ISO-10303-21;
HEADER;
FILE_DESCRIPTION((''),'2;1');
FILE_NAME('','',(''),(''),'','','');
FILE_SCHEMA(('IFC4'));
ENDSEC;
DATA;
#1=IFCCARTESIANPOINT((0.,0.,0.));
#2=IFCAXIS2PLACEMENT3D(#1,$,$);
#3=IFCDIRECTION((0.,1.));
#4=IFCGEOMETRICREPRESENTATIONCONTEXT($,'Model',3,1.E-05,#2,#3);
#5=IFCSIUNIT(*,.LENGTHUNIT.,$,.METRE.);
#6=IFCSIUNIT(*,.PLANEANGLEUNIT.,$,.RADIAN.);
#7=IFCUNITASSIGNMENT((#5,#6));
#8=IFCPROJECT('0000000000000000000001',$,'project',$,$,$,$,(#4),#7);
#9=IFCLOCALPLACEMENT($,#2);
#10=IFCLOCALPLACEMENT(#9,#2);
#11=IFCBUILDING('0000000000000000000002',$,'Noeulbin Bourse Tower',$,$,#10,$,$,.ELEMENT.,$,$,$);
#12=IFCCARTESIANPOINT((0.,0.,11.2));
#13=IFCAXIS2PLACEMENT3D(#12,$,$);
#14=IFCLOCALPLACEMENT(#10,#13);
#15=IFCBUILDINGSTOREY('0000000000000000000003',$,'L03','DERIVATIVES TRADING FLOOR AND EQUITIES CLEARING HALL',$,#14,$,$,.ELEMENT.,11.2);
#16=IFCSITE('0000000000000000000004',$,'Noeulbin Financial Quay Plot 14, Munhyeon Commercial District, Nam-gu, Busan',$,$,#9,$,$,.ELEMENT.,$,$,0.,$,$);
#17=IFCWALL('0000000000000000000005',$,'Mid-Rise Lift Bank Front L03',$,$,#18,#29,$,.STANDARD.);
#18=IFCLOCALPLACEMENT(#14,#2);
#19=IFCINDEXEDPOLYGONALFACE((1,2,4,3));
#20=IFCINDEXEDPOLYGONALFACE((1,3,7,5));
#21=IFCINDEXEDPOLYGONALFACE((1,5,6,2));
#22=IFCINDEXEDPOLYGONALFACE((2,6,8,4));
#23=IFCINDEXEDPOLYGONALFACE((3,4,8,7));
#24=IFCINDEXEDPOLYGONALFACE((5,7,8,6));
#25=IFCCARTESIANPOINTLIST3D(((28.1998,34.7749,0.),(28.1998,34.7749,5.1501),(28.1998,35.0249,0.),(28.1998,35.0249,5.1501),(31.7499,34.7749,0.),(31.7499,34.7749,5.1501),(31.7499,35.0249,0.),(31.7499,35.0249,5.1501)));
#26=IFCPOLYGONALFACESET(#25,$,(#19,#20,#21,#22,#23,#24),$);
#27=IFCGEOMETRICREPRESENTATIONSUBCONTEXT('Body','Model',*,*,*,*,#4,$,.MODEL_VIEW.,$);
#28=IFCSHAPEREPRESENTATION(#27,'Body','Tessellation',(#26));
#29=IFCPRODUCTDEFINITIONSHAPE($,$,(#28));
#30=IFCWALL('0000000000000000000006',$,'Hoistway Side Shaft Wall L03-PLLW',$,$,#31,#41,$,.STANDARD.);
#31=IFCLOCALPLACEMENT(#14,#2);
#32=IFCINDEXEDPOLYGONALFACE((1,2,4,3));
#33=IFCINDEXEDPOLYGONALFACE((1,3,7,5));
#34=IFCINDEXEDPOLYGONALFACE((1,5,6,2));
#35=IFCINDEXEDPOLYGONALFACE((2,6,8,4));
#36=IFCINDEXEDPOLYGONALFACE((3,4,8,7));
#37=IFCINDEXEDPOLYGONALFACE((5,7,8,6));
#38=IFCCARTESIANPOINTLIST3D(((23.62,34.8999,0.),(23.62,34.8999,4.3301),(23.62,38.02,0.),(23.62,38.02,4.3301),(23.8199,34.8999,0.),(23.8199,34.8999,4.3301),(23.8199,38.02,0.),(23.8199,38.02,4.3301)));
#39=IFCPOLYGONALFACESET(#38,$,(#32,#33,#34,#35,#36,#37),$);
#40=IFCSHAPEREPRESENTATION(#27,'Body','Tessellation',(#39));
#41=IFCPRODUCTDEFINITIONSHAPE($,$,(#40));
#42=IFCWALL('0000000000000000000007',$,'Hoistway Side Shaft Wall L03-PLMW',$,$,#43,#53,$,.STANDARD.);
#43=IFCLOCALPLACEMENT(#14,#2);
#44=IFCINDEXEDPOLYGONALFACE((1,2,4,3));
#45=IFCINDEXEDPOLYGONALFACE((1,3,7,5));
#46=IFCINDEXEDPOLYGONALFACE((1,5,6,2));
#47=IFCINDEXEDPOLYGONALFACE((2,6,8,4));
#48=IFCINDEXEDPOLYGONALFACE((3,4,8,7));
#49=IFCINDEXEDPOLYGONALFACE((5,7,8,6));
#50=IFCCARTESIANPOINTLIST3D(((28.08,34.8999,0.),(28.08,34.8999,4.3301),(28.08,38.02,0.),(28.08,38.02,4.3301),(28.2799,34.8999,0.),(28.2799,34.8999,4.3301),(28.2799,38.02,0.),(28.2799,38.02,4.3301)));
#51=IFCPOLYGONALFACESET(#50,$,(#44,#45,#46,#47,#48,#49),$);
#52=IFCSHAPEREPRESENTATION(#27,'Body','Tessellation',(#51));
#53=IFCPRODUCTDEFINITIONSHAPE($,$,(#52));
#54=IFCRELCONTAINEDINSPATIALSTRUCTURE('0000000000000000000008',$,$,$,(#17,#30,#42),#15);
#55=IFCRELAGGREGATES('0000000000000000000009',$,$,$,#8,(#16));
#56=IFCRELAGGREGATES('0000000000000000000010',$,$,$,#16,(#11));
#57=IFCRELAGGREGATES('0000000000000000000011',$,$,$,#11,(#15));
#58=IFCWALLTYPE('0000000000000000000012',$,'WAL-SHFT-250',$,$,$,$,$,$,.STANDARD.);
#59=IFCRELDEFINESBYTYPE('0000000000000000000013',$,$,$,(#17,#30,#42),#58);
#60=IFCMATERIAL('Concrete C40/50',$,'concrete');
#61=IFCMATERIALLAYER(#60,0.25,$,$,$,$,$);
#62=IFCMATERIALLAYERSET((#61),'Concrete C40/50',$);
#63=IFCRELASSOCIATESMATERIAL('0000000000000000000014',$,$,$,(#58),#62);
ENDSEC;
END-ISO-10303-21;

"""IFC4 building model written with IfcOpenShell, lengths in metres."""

from ifc_helpers import new_model, si_unit, direction, frame, frame_2d, origin, place, context, subcontext, project, spatial, rectangle, extrude, material, layer, layer_set, type_object, element, save


model = new_model("IFC4")

# Units and contexts
model_context = context("Model", 3, precision=1e-05, world=origin(), true_north=direction((0.0, 1.0)))
body_context = subcontext(model_context, "Body", "Model", "MODEL_VIEW")
ifc_project = project(units=[si_unit("LENGTHUNIT", "METRE"), si_unit("PLANEANGLEUNIT", "RADIAN")], contexts=[model_context])

# Site, building, storey
site_placement = place(None, origin())
site = spatial("IfcSite", under=ifc_project, at=site_placement, Name="Noeulbin Financial Quay Plot 14, Munhyeon Commercial District, Nam-gu, Busan", CompositionType="ELEMENT", RefElevation=0.0)
building_placement = place(site_placement, origin())
building = spatial("IfcBuilding", under=site, at=building_placement, Name="Noeulbin Bourse Tower", CompositionType="ELEMENT")
storey_placement = place(building_placement, frame((0.0, 0.0, 11.2)))
storey = spatial("IfcBuildingStorey", under=building, at=storey_placement, Name="L03", Description="DERIVATIVES TRADING FLOOR AND EQUITIES CLEARING HALL", CompositionType="ELEMENT", Elevation=11.2)

# Shared definitions
ifc_material_1 = material(Name="Concrete C40/50", Category="concrete")
ifc_layer_1 = layer(ifc_material_1, 0.25)
ifc_layer_set_1 = layer_set([ifc_layer_1], Name="Concrete C40/50")
wall_type_1 = type_object("IfcWallType", Name="WAL-SHFT-250", PredefinedType="STANDARD", material=ifc_layer_set_1)

# Walls
wall_1_placement = place(storey_placement, frame((28.2, 34.8999, 0.0), z_axis=(0.0, 0.0, 1.0), x_axis=(1.0, 0.0, 0.0)))
element("IfcWall", 1, at=wall_1_placement, inside=storey, type_object=wall_type_1, Name="Mid-Rise Lift Bank Front L03", PredefinedType="STANDARD", context=body_context, shape_type="SweptSolid", body=[
    extrude(rectangle(XDim=3.55, YDim=0.25, at=frame_2d((1.7749, 0.0))), origin(), (0.0, 0.0, 1.0), 5.1501),
])
for number, where, z_axis, x_axis, name in (
    (2, (23.72, 34.8999, 0.0), (0.0, 0.0, 1.0), (0.0, 1.0, 0.0), "Hoistway Side Shaft Wall L03-PLLW"),
    (3, (28.1799, 34.8999, 0.0), (0.0, 0.0, 1.0), (0.0, 1.0, 0.0), "Hoistway Side Shaft Wall L03-PLMW"),
):
    element("IfcWall", number, at=place(storey_placement, frame(where, z_axis=z_axis, x_axis=x_axis)), inside=storey, type_object=wall_type_1, Name=name, PredefinedType="STANDARD", context=body_context, shape_type="SweptSolid", body=[
        extrude(rectangle(XDim=3.1201, YDim=0.2, at=frame_2d((1.5601, 0.0))), origin(), (0.0, 0.0, 1.0), 4.3301),
    ])

save(model, "model.ifc")
